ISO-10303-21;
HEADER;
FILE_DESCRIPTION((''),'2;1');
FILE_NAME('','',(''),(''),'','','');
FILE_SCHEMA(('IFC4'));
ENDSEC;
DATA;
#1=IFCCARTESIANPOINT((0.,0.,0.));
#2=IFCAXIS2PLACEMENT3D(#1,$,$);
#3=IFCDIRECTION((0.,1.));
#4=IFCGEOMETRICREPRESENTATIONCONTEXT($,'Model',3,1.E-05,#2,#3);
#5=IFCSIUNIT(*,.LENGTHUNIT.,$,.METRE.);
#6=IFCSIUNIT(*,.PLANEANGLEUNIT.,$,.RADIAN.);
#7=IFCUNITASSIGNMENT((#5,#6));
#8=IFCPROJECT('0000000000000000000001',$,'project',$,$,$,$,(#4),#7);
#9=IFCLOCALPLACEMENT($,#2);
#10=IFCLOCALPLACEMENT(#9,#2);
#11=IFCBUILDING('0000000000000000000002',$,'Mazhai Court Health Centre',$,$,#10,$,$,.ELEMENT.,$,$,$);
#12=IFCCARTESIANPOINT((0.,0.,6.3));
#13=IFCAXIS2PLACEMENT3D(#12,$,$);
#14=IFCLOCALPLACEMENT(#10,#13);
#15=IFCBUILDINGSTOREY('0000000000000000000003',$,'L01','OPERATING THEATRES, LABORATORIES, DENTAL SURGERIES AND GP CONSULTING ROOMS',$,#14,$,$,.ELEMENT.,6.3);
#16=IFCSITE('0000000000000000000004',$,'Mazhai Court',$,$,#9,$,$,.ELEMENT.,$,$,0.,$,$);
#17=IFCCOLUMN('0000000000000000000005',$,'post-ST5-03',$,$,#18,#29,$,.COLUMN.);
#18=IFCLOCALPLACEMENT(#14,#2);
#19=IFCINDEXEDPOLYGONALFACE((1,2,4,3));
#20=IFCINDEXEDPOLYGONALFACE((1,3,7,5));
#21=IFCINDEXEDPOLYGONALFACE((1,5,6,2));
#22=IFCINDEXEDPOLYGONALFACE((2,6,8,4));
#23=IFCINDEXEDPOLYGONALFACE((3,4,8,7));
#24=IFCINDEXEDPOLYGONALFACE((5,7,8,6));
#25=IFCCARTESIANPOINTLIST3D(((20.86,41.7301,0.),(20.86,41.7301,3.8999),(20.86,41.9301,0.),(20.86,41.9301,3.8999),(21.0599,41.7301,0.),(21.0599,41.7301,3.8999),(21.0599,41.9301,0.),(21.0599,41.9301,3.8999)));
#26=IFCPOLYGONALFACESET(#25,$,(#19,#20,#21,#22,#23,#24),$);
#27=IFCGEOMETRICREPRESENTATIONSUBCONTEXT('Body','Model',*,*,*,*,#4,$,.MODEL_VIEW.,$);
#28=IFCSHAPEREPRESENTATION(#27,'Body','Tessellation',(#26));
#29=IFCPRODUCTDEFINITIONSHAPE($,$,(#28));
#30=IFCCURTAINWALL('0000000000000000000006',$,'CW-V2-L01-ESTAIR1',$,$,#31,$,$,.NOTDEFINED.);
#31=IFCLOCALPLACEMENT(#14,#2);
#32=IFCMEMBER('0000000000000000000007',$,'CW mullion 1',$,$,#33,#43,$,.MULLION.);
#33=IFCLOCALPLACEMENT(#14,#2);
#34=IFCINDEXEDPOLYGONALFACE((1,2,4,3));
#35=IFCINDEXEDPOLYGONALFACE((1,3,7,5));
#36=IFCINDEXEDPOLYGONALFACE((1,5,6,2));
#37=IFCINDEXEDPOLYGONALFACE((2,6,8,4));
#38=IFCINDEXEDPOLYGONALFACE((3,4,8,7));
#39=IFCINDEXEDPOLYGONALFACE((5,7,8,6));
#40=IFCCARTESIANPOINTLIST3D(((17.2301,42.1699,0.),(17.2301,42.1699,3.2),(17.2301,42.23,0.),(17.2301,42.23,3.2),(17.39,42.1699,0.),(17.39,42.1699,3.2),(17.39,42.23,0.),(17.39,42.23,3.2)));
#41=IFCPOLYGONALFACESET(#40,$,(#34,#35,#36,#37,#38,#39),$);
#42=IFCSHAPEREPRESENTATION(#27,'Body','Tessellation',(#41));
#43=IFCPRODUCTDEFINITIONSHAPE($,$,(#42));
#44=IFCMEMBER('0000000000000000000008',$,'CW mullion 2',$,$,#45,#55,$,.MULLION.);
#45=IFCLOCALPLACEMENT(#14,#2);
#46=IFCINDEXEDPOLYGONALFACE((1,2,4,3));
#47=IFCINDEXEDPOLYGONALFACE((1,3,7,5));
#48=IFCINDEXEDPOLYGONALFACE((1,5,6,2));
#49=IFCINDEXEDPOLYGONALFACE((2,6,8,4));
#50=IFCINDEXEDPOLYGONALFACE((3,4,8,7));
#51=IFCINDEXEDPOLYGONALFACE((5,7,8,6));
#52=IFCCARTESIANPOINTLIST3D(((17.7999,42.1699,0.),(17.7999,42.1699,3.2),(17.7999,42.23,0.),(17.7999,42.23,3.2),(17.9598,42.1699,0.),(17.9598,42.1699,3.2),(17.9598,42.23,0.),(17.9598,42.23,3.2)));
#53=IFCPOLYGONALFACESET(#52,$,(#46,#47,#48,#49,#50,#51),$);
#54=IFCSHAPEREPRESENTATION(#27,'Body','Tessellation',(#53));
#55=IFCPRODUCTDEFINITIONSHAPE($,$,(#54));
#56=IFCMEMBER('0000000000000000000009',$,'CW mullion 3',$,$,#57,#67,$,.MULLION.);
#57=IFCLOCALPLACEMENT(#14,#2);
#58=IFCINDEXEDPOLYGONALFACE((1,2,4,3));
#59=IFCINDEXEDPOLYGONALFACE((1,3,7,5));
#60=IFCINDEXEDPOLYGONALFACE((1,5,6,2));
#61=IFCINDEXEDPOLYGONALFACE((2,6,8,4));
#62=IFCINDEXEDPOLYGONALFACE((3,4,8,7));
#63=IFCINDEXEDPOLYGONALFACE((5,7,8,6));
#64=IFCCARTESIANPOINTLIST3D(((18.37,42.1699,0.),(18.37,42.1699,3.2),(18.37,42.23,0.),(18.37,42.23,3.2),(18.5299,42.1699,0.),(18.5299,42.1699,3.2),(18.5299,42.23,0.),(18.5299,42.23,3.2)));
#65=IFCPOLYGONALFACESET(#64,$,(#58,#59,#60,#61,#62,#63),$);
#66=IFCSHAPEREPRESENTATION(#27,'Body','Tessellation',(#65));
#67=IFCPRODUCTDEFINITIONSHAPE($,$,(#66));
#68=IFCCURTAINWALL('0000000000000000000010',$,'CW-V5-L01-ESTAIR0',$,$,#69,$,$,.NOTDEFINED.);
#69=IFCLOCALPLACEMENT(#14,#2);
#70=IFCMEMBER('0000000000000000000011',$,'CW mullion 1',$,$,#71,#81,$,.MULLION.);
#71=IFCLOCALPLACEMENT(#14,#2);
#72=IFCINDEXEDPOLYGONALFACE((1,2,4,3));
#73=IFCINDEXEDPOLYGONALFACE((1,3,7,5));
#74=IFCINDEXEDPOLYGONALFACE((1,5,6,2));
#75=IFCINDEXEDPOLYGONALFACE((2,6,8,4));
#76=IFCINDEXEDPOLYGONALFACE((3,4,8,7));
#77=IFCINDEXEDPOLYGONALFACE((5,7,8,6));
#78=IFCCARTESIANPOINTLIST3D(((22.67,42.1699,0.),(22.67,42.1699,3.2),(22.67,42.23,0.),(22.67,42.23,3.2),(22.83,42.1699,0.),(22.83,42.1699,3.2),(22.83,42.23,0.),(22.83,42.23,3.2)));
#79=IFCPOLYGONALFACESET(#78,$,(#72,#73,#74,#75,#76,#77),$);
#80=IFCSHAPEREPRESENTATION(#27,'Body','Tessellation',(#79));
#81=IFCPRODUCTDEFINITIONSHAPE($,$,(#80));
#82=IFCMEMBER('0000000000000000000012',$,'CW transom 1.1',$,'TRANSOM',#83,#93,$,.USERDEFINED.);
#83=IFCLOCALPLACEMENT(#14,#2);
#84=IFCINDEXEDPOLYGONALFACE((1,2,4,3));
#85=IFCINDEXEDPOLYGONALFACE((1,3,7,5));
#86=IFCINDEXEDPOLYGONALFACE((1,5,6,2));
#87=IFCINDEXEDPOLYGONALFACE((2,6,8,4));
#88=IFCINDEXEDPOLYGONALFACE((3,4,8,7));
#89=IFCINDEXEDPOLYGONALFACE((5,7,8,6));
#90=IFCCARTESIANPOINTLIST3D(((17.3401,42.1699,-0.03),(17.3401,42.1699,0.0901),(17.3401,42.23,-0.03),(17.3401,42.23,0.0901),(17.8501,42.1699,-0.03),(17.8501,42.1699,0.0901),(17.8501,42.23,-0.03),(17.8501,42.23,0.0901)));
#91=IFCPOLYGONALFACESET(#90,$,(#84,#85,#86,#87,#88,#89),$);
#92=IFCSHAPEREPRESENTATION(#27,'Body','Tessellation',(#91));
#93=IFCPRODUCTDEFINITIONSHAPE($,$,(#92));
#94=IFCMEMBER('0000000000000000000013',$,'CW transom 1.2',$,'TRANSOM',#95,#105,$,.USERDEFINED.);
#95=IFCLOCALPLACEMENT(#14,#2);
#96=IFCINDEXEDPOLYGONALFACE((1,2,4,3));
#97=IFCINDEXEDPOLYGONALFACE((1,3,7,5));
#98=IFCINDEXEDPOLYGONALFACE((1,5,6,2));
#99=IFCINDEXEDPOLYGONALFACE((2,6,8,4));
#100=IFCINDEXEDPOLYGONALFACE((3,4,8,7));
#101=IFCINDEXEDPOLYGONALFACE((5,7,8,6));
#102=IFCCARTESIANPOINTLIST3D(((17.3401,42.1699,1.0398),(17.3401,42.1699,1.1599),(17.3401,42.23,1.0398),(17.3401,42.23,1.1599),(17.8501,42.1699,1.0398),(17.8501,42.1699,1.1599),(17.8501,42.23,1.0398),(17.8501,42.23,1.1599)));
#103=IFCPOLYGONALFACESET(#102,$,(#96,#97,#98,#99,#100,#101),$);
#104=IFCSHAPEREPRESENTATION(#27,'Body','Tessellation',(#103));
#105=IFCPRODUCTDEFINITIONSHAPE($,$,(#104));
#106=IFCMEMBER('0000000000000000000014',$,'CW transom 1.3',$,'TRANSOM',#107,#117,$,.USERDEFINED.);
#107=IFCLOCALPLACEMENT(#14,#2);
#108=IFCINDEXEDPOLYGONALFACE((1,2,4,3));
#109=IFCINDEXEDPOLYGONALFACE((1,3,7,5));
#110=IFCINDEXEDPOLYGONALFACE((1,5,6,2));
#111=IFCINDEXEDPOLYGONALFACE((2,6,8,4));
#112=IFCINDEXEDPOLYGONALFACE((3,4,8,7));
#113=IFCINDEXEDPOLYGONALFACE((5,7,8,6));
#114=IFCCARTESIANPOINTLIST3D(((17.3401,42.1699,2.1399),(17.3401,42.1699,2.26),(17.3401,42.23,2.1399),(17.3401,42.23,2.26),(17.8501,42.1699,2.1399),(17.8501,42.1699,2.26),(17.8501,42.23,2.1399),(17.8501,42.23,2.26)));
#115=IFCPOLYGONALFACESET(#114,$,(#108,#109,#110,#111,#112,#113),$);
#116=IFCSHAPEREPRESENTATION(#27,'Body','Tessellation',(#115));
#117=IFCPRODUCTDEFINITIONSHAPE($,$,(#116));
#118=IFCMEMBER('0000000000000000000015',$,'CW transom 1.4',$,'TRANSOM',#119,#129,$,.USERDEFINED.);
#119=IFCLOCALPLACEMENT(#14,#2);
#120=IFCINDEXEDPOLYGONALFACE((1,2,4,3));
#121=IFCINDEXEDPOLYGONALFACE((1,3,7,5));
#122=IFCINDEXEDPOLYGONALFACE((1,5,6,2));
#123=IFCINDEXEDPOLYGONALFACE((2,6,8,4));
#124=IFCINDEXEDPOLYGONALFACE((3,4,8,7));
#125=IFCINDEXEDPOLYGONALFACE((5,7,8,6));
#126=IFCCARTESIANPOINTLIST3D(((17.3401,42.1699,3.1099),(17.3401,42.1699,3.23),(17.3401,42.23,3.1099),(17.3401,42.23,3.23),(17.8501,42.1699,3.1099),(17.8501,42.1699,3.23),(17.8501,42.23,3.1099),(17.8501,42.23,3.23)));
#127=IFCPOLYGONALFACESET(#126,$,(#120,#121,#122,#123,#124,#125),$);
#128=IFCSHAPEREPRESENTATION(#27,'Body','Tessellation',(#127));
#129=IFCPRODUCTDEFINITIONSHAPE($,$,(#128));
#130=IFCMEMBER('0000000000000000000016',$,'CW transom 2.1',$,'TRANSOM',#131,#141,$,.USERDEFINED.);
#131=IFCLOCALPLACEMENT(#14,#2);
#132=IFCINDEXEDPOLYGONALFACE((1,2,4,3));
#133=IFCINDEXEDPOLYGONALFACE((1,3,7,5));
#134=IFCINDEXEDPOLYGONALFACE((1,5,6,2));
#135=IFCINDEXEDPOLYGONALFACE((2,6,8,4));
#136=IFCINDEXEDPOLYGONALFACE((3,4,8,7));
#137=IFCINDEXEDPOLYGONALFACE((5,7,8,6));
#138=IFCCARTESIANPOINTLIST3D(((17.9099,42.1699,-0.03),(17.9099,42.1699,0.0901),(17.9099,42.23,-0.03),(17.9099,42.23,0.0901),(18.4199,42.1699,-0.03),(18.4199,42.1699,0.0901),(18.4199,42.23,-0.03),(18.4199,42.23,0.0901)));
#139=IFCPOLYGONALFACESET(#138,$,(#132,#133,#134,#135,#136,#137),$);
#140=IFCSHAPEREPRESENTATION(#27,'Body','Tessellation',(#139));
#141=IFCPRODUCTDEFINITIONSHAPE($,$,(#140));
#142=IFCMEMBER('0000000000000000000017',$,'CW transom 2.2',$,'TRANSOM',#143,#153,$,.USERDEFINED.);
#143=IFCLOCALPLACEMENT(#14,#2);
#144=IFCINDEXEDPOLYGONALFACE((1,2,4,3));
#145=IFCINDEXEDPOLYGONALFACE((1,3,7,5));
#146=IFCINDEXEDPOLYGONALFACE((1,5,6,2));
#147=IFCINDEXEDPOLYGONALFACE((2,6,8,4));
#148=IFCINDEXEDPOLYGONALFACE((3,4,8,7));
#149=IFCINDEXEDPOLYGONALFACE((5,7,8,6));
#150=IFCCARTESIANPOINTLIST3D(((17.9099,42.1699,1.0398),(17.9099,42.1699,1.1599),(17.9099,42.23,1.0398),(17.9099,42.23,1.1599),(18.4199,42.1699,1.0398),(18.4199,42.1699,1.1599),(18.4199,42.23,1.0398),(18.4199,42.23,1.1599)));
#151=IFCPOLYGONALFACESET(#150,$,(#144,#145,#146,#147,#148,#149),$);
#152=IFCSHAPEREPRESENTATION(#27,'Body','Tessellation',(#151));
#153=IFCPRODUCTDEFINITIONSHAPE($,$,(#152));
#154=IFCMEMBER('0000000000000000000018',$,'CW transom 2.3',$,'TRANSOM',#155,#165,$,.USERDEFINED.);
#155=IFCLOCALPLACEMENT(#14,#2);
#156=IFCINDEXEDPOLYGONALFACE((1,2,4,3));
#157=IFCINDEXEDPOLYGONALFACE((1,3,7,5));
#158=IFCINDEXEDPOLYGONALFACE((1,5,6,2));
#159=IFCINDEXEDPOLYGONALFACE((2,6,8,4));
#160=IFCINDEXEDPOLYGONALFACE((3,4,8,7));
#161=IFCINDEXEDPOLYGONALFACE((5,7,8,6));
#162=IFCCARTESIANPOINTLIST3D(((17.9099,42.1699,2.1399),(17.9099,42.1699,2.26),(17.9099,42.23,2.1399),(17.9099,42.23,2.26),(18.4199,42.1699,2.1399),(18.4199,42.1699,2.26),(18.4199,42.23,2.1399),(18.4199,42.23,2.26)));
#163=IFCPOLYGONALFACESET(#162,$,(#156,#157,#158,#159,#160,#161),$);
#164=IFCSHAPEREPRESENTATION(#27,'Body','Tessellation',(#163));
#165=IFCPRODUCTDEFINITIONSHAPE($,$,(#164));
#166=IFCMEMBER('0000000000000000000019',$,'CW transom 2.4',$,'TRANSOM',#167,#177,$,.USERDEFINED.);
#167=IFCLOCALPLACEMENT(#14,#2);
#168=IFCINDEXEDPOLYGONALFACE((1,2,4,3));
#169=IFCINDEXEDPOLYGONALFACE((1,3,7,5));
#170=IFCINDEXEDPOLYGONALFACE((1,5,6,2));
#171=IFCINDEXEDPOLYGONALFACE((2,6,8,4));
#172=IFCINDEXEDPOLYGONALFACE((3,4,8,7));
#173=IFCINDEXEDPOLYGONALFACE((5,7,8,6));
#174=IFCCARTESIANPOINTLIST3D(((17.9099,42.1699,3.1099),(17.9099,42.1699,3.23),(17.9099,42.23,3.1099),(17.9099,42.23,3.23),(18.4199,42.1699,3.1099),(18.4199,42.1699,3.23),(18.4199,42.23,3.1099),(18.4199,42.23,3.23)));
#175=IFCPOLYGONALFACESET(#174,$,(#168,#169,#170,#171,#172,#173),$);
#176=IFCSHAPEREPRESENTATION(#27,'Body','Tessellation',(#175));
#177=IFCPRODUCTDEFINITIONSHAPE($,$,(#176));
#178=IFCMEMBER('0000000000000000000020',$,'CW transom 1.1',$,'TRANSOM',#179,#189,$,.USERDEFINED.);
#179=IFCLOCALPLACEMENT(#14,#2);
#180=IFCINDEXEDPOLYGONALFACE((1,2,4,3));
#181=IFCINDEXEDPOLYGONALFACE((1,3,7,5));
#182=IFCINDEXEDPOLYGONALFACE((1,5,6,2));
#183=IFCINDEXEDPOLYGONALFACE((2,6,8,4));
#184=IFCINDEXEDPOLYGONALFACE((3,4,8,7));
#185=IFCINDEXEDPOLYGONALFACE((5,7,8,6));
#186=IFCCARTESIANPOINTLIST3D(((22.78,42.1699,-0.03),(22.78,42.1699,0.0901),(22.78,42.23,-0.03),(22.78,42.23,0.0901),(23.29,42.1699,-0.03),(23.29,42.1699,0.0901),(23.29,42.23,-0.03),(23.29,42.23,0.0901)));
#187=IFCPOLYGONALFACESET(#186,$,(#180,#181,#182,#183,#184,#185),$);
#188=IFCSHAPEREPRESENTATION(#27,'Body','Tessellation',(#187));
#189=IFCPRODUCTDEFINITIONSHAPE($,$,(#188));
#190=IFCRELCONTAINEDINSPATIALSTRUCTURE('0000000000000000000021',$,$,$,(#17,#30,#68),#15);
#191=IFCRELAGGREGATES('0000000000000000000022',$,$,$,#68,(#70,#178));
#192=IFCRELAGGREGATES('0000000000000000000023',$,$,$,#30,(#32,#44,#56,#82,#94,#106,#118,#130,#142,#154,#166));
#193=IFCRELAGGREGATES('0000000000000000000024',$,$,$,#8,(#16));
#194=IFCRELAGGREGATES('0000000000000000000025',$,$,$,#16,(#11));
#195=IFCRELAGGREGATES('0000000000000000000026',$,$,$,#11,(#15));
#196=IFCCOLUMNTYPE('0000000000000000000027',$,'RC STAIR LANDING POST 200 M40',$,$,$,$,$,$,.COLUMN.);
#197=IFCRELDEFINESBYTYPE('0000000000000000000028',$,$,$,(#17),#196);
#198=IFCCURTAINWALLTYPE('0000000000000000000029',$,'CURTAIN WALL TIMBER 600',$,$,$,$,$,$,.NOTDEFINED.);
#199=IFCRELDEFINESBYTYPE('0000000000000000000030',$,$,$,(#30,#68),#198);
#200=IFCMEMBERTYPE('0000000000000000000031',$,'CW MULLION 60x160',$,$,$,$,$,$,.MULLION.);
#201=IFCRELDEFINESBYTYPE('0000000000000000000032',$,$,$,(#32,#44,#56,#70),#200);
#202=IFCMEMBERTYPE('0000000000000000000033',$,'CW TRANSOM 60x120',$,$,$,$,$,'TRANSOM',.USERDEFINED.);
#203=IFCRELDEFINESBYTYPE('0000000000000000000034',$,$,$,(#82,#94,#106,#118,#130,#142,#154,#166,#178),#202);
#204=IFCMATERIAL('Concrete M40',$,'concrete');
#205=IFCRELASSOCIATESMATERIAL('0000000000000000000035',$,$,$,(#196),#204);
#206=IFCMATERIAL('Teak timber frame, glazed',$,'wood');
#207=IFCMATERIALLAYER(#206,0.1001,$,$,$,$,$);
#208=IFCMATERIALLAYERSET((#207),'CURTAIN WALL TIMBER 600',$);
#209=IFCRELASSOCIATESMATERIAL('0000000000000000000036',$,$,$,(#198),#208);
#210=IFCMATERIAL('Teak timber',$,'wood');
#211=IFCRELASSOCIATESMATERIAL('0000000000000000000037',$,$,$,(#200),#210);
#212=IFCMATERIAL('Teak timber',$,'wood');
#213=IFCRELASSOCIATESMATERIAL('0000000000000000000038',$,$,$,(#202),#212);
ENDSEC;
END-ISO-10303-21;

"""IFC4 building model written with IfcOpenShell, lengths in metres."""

from ifc_helpers import new_model, si_unit, direction, frame, origin, origin_2d, place, context, subcontext, project, spatial, rectangle, extrude, material, layer, layer_set, material_profile, profile_set, type_object, element, aggregate, save


model = new_model("IFC4")

# Units and contexts
model_context = context("Model", 3, precision=1e-05, world=origin(), true_north=direction((0.0, 1.0)))
body_context = subcontext(model_context, "Body", "Model", "MODEL_VIEW")
ifc_project = project(units=[si_unit("LENGTHUNIT", "METRE"), si_unit("PLANEANGLEUNIT", "RADIAN")], contexts=[model_context])

# Site, building, storey
site_placement = place(None, origin())
site = spatial("IfcSite", under=ifc_project, at=site_placement, Name="Mazhai Court", CompositionType="ELEMENT", RefElevation=0.0)
building_placement = place(site_placement, origin())
building = spatial("IfcBuilding", under=site, at=building_placement, Name="Mazhai Court Health Centre", CompositionType="ELEMENT")
storey_placement = place(building_placement, frame((0.0, 0.0, 6.3)))
storey = spatial("IfcBuildingStorey", under=building, at=storey_placement, Name="L01", Description="OPERATING THEATRES, LABORATORIES, DENTAL SURGERIES AND GP CONSULTING ROOMS", CompositionType="ELEMENT", Elevation=6.3)

# Column
ifc_material_1 = material(Name="Concrete M40", Category="concrete")
ifc_material_profile_1 = material_profile(ifc_material_1, rectangle(XDim=0.2, YDim=0.2, at=origin_2d()), Name="RC 200x200")
ifc_profile_set_1 = profile_set([ifc_material_profile_1], Name="Concrete M40")
column_type = type_object("IfcColumnType", Name="RC STAIR LANDING POST 200 M40", PredefinedType="COLUMN", material=ifc_profile_set_1)
column_placement = place(storey_placement, frame((20.96, 41.8301, 0.0), z_axis=(0.0, 0.0, 1.0), x_axis=(1.0, 0.0, 0.0)))
element("IfcColumn", 1, at=column_placement, inside=storey, type_object=column_type, Name="post-ST5-03", PredefinedType="COLUMN", context=body_context, shape_type="SweptSolid", body=[
    extrude(rectangle(XDim=0.2, YDim=0.2, at=origin_2d()), origin(), (0.0, 0.0, 1.0), 3.8999),
])

# Curtain wall, members
ifc_material_2 = material(Name="Teak timber frame, glazed", Category="wood")
ifc_layer_1 = layer(ifc_material_2, 0.1001)
ifc_layer_set_1 = layer_set([ifc_layer_1], Name="CURTAIN WALL TIMBER 600")
curtain_wall_type = type_object("IfcCurtainWallType", Name="CURTAIN WALL TIMBER 600", PredefinedType="NOTDEFINED", material=ifc_layer_set_1)
curtain_wall_1_placement = place(storey_placement, origin())
curtain_wall_1 = element("IfcCurtainWall", 2, at=curtain_wall_1_placement, inside=storey, type_object=curtain_wall_type, Name="CW-V2-L01-ESTAIR1", PredefinedType="NOTDEFINED")
ifc_material_3 = material(Name="Teak timber", Category="wood")
ifc_material_profile_2 = material_profile(ifc_material_3, rectangle(XDim=0.0601, YDim=0.1599, at=origin_2d()), Name="CW MULLION 60x160")
ifc_profile_set_2 = profile_set([ifc_material_profile_2], Name="Teak timber")
member_type_1 = type_object("IfcMemberType", Name="CW MULLION 60x160", PredefinedType="MULLION", material=ifc_profile_set_2)
member_1_placement = place(storey_placement, frame((17.3101, 42.2, 0.0), z_axis=(0.0, 0.0, 1.0), x_axis=(0.0, 1.0, 0.0)))
member_1 = element("IfcMember", 3, at=member_1_placement, type_object=member_type_1, Name="CW mullion 1", PredefinedType="MULLION", context=body_context, shape_type="SweptSolid", body=[
    extrude(rectangle(XDim=0.0601, YDim=0.1599, at=origin_2d()), origin(), (0.0, 0.0, 1.0), 3.2),
])
member_2_placement = place(storey_placement, frame((17.8799, 42.2, 0.0), z_axis=(0.0, 0.0, 1.0), x_axis=(0.0, 1.0, 0.0)))
member_2 = element("IfcMember", 4, at=member_2_placement, type_object=member_type_1, Name="CW mullion 2", PredefinedType="MULLION", context=body_context, shape_type="SweptSolid", body=[
    extrude(rectangle(XDim=0.0601, YDim=0.1599, at=origin_2d()), origin(), (0.0, 0.0, 1.0), 3.2),
])
member_3_placement = place(storey_placement, frame((18.45, 42.2, 0.0), z_axis=(0.0, 0.0, 1.0), x_axis=(0.0, 1.0, 0.0)))
member_3 = element("IfcMember", 5, at=member_3_placement, type_object=member_type_1, Name="CW mullion 3", PredefinedType="MULLION", context=body_context, shape_type="SweptSolid", body=[
    extrude(rectangle(XDim=0.0601, YDim=0.1599, at=origin_2d()), origin(), (0.0, 0.0, 1.0), 3.2),
])

# Curtain wall, member
curtain_wall_2_placement = place(storey_placement, origin())
curtain_wall_2 = element("IfcCurtainWall", 6, at=curtain_wall_2_placement, inside=storey, type_object=curtain_wall_type, Name="CW-V5-L01-ESTAIR0", PredefinedType="NOTDEFINED")
member_4_placement = place(storey_placement, frame((22.75, 42.2, 0.0), z_axis=(0.0, 0.0, 1.0), x_axis=(0.0, 1.0, 0.0)))
member_4 = element("IfcMember", 7, at=member_4_placement, type_object=member_type_1, Name="CW mullion 1", PredefinedType="MULLION", context=body_context, shape_type="SweptSolid", body=[
    extrude(rectangle(XDim=0.0601, YDim=0.1599, at=origin_2d()), origin(), (0.0, 0.0, 1.0), 3.2),
])

# Members
ifc_material_4 = material(Name="Teak timber", Category="wood")
ifc_material_profile_3 = material_profile(ifc_material_4, rectangle(XDim=0.0601, YDim=0.1201, at=origin_2d()), Name="CW TRANSOM 60x120")
ifc_profile_set_3 = profile_set([ifc_material_profile_3], Name="Teak timber")
member_type_2 = type_object("IfcMemberType", Name="CW TRANSOM 60x120", ElementType="TRANSOM", PredefinedType="USERDEFINED", material=ifc_profile_set_3)
member_5_placement = place(storey_placement, frame((17.3401, 42.2, 0.03), z_axis=(1.0, 0.0, 0.0), x_axis=(0.0, 1.0, 0.0)))
member_5 = element("IfcMember", 8, at=member_5_placement, type_object=member_type_2, Name="CW transom 1.1", ObjectType="TRANSOM", PredefinedType="USERDEFINED", context=body_context, shape_type="SweptSolid", body=[
    extrude(rectangle(XDim=0.0601, YDim=0.1201, at=origin_2d()), origin(), (0.0, 0.0, 1.0), 0.51),
])
member_6_placement = place(storey_placement, frame((17.3401, 42.2, 1.0999), z_axis=(1.0, 0.0, 0.0), x_axis=(0.0, 1.0, 0.0)))
member_6 = element("IfcMember", 9, at=member_6_placement, type_object=member_type_2, Name="CW transom 1.2", ObjectType="TRANSOM", PredefinedType="USERDEFINED", context=body_context, shape_type="SweptSolid", body=[
    extrude(rectangle(XDim=0.0601, YDim=0.1201, at=origin_2d()), origin(), (0.0, 0.0, 1.0), 0.51),
])
member_7_placement = place(storey_placement, frame((17.3401, 42.2, 2.2), z_axis=(1.0, 0.0, 0.0), x_axis=(0.0, 1.0, 0.0)))
member_7 = element("IfcMember", 10, at=member_7_placement, type_object=member_type_2, Name="CW transom 1.3", ObjectType="TRANSOM", PredefinedType="USERDEFINED", context=body_context, shape_type="SweptSolid", body=[
    extrude(rectangle(XDim=0.0601, YDim=0.1201, at=origin_2d()), origin(), (0.0, 0.0, 1.0), 0.51),
])
member_8_placement = place(storey_placement, frame((17.3401, 42.2, 3.1699), z_axis=(1.0, 0.0, 0.0), x_axis=(0.0, 1.0, 0.0)))
member_8 = element("IfcMember", 11, at=member_8_placement, type_object=member_type_2, Name="CW transom 1.4", ObjectType="TRANSOM", PredefinedType="USERDEFINED", context=body_context, shape_type="SweptSolid", body=[
    extrude(rectangle(XDim=0.0601, YDim=0.1201, at=origin_2d()), origin(), (0.0, 0.0, 1.0), 0.51),
])
member_9_placement = place(storey_placement, frame((17.9099, 42.2, 0.03), z_axis=(1.0, 0.0, 0.0), x_axis=(0.0, 1.0, 0.0)))
member_9 = element("IfcMember", 12, at=member_9_placement, type_object=member_type_2, Name="CW transom 2.1", ObjectType="TRANSOM", PredefinedType="USERDEFINED", context=body_context, shape_type="SweptSolid", body=[
    extrude(rectangle(XDim=0.0601, YDim=0.1201, at=origin_2d()), origin(), (0.0, 0.0, 1.0), 0.51),
])
member_10_placement = place(storey_placement, frame((17.9099, 42.2, 1.0999), z_axis=(1.0, 0.0, 0.0), x_axis=(0.0, 1.0, 0.0)))
member_10 = element("IfcMember", 13, at=member_10_placement, type_object=member_type_2, Name="CW transom 2.2", ObjectType="TRANSOM", PredefinedType="USERDEFINED", context=body_context, shape_type="SweptSolid", body=[
    extrude(rectangle(XDim=0.0601, YDim=0.1201, at=origin_2d()), origin(), (0.0, 0.0, 1.0), 0.51),
])
member_11_placement = place(storey_placement, frame((17.9099, 42.2, 2.2), z_axis=(1.0, 0.0, 0.0), x_axis=(0.0, 1.0, 0.0)))
member_11 = element("IfcMember", 14, at=member_11_placement, type_object=member_type_2, Name="CW transom 2.3", ObjectType="TRANSOM", PredefinedType="USERDEFINED", context=body_context, shape_type="SweptSolid", body=[
    extrude(rectangle(XDim=0.0601, YDim=0.1201, at=origin_2d()), origin(), (0.0, 0.0, 1.0), 0.51),
])
member_12_placement = place(storey_placement, frame((17.9099, 42.2, 3.1699), z_axis=(1.0, 0.0, 0.0), x_axis=(0.0, 1.0, 0.0)))
member_12 = element("IfcMember", 15, at=member_12_placement, type_object=member_type_2, Name="CW transom 2.4", ObjectType="TRANSOM", PredefinedType="USERDEFINED", context=body_context, shape_type="SweptSolid", body=[
    extrude(rectangle(XDim=0.0601, YDim=0.1201, at=origin_2d()), origin(), (0.0, 0.0, 1.0), 0.51),
])
member_13_placement = place(storey_placement, frame((22.78, 42.2, 0.03), z_axis=(1.0, 0.0, 0.0), x_axis=(0.0, 1.0, 0.0)))
member_13 = element("IfcMember", 16, at=member_13_placement, type_object=member_type_2, Name="CW transom 1.1", ObjectType="TRANSOM", PredefinedType="USERDEFINED", context=body_context, shape_type="SweptSolid", body=[
    extrude(rectangle(XDim=0.0601, YDim=0.1201, at=origin_2d()), origin(), (0.0, 0.0, 1.0), 0.51),
])
aggregate(curtain_wall_2, [member_4, member_13])

aggregate(curtain_wall_1, [member_1, member_2, member_3, member_5, member_6, member_7, member_8, member_9, member_10, member_11, member_12])

save(model, "model.ifc")
